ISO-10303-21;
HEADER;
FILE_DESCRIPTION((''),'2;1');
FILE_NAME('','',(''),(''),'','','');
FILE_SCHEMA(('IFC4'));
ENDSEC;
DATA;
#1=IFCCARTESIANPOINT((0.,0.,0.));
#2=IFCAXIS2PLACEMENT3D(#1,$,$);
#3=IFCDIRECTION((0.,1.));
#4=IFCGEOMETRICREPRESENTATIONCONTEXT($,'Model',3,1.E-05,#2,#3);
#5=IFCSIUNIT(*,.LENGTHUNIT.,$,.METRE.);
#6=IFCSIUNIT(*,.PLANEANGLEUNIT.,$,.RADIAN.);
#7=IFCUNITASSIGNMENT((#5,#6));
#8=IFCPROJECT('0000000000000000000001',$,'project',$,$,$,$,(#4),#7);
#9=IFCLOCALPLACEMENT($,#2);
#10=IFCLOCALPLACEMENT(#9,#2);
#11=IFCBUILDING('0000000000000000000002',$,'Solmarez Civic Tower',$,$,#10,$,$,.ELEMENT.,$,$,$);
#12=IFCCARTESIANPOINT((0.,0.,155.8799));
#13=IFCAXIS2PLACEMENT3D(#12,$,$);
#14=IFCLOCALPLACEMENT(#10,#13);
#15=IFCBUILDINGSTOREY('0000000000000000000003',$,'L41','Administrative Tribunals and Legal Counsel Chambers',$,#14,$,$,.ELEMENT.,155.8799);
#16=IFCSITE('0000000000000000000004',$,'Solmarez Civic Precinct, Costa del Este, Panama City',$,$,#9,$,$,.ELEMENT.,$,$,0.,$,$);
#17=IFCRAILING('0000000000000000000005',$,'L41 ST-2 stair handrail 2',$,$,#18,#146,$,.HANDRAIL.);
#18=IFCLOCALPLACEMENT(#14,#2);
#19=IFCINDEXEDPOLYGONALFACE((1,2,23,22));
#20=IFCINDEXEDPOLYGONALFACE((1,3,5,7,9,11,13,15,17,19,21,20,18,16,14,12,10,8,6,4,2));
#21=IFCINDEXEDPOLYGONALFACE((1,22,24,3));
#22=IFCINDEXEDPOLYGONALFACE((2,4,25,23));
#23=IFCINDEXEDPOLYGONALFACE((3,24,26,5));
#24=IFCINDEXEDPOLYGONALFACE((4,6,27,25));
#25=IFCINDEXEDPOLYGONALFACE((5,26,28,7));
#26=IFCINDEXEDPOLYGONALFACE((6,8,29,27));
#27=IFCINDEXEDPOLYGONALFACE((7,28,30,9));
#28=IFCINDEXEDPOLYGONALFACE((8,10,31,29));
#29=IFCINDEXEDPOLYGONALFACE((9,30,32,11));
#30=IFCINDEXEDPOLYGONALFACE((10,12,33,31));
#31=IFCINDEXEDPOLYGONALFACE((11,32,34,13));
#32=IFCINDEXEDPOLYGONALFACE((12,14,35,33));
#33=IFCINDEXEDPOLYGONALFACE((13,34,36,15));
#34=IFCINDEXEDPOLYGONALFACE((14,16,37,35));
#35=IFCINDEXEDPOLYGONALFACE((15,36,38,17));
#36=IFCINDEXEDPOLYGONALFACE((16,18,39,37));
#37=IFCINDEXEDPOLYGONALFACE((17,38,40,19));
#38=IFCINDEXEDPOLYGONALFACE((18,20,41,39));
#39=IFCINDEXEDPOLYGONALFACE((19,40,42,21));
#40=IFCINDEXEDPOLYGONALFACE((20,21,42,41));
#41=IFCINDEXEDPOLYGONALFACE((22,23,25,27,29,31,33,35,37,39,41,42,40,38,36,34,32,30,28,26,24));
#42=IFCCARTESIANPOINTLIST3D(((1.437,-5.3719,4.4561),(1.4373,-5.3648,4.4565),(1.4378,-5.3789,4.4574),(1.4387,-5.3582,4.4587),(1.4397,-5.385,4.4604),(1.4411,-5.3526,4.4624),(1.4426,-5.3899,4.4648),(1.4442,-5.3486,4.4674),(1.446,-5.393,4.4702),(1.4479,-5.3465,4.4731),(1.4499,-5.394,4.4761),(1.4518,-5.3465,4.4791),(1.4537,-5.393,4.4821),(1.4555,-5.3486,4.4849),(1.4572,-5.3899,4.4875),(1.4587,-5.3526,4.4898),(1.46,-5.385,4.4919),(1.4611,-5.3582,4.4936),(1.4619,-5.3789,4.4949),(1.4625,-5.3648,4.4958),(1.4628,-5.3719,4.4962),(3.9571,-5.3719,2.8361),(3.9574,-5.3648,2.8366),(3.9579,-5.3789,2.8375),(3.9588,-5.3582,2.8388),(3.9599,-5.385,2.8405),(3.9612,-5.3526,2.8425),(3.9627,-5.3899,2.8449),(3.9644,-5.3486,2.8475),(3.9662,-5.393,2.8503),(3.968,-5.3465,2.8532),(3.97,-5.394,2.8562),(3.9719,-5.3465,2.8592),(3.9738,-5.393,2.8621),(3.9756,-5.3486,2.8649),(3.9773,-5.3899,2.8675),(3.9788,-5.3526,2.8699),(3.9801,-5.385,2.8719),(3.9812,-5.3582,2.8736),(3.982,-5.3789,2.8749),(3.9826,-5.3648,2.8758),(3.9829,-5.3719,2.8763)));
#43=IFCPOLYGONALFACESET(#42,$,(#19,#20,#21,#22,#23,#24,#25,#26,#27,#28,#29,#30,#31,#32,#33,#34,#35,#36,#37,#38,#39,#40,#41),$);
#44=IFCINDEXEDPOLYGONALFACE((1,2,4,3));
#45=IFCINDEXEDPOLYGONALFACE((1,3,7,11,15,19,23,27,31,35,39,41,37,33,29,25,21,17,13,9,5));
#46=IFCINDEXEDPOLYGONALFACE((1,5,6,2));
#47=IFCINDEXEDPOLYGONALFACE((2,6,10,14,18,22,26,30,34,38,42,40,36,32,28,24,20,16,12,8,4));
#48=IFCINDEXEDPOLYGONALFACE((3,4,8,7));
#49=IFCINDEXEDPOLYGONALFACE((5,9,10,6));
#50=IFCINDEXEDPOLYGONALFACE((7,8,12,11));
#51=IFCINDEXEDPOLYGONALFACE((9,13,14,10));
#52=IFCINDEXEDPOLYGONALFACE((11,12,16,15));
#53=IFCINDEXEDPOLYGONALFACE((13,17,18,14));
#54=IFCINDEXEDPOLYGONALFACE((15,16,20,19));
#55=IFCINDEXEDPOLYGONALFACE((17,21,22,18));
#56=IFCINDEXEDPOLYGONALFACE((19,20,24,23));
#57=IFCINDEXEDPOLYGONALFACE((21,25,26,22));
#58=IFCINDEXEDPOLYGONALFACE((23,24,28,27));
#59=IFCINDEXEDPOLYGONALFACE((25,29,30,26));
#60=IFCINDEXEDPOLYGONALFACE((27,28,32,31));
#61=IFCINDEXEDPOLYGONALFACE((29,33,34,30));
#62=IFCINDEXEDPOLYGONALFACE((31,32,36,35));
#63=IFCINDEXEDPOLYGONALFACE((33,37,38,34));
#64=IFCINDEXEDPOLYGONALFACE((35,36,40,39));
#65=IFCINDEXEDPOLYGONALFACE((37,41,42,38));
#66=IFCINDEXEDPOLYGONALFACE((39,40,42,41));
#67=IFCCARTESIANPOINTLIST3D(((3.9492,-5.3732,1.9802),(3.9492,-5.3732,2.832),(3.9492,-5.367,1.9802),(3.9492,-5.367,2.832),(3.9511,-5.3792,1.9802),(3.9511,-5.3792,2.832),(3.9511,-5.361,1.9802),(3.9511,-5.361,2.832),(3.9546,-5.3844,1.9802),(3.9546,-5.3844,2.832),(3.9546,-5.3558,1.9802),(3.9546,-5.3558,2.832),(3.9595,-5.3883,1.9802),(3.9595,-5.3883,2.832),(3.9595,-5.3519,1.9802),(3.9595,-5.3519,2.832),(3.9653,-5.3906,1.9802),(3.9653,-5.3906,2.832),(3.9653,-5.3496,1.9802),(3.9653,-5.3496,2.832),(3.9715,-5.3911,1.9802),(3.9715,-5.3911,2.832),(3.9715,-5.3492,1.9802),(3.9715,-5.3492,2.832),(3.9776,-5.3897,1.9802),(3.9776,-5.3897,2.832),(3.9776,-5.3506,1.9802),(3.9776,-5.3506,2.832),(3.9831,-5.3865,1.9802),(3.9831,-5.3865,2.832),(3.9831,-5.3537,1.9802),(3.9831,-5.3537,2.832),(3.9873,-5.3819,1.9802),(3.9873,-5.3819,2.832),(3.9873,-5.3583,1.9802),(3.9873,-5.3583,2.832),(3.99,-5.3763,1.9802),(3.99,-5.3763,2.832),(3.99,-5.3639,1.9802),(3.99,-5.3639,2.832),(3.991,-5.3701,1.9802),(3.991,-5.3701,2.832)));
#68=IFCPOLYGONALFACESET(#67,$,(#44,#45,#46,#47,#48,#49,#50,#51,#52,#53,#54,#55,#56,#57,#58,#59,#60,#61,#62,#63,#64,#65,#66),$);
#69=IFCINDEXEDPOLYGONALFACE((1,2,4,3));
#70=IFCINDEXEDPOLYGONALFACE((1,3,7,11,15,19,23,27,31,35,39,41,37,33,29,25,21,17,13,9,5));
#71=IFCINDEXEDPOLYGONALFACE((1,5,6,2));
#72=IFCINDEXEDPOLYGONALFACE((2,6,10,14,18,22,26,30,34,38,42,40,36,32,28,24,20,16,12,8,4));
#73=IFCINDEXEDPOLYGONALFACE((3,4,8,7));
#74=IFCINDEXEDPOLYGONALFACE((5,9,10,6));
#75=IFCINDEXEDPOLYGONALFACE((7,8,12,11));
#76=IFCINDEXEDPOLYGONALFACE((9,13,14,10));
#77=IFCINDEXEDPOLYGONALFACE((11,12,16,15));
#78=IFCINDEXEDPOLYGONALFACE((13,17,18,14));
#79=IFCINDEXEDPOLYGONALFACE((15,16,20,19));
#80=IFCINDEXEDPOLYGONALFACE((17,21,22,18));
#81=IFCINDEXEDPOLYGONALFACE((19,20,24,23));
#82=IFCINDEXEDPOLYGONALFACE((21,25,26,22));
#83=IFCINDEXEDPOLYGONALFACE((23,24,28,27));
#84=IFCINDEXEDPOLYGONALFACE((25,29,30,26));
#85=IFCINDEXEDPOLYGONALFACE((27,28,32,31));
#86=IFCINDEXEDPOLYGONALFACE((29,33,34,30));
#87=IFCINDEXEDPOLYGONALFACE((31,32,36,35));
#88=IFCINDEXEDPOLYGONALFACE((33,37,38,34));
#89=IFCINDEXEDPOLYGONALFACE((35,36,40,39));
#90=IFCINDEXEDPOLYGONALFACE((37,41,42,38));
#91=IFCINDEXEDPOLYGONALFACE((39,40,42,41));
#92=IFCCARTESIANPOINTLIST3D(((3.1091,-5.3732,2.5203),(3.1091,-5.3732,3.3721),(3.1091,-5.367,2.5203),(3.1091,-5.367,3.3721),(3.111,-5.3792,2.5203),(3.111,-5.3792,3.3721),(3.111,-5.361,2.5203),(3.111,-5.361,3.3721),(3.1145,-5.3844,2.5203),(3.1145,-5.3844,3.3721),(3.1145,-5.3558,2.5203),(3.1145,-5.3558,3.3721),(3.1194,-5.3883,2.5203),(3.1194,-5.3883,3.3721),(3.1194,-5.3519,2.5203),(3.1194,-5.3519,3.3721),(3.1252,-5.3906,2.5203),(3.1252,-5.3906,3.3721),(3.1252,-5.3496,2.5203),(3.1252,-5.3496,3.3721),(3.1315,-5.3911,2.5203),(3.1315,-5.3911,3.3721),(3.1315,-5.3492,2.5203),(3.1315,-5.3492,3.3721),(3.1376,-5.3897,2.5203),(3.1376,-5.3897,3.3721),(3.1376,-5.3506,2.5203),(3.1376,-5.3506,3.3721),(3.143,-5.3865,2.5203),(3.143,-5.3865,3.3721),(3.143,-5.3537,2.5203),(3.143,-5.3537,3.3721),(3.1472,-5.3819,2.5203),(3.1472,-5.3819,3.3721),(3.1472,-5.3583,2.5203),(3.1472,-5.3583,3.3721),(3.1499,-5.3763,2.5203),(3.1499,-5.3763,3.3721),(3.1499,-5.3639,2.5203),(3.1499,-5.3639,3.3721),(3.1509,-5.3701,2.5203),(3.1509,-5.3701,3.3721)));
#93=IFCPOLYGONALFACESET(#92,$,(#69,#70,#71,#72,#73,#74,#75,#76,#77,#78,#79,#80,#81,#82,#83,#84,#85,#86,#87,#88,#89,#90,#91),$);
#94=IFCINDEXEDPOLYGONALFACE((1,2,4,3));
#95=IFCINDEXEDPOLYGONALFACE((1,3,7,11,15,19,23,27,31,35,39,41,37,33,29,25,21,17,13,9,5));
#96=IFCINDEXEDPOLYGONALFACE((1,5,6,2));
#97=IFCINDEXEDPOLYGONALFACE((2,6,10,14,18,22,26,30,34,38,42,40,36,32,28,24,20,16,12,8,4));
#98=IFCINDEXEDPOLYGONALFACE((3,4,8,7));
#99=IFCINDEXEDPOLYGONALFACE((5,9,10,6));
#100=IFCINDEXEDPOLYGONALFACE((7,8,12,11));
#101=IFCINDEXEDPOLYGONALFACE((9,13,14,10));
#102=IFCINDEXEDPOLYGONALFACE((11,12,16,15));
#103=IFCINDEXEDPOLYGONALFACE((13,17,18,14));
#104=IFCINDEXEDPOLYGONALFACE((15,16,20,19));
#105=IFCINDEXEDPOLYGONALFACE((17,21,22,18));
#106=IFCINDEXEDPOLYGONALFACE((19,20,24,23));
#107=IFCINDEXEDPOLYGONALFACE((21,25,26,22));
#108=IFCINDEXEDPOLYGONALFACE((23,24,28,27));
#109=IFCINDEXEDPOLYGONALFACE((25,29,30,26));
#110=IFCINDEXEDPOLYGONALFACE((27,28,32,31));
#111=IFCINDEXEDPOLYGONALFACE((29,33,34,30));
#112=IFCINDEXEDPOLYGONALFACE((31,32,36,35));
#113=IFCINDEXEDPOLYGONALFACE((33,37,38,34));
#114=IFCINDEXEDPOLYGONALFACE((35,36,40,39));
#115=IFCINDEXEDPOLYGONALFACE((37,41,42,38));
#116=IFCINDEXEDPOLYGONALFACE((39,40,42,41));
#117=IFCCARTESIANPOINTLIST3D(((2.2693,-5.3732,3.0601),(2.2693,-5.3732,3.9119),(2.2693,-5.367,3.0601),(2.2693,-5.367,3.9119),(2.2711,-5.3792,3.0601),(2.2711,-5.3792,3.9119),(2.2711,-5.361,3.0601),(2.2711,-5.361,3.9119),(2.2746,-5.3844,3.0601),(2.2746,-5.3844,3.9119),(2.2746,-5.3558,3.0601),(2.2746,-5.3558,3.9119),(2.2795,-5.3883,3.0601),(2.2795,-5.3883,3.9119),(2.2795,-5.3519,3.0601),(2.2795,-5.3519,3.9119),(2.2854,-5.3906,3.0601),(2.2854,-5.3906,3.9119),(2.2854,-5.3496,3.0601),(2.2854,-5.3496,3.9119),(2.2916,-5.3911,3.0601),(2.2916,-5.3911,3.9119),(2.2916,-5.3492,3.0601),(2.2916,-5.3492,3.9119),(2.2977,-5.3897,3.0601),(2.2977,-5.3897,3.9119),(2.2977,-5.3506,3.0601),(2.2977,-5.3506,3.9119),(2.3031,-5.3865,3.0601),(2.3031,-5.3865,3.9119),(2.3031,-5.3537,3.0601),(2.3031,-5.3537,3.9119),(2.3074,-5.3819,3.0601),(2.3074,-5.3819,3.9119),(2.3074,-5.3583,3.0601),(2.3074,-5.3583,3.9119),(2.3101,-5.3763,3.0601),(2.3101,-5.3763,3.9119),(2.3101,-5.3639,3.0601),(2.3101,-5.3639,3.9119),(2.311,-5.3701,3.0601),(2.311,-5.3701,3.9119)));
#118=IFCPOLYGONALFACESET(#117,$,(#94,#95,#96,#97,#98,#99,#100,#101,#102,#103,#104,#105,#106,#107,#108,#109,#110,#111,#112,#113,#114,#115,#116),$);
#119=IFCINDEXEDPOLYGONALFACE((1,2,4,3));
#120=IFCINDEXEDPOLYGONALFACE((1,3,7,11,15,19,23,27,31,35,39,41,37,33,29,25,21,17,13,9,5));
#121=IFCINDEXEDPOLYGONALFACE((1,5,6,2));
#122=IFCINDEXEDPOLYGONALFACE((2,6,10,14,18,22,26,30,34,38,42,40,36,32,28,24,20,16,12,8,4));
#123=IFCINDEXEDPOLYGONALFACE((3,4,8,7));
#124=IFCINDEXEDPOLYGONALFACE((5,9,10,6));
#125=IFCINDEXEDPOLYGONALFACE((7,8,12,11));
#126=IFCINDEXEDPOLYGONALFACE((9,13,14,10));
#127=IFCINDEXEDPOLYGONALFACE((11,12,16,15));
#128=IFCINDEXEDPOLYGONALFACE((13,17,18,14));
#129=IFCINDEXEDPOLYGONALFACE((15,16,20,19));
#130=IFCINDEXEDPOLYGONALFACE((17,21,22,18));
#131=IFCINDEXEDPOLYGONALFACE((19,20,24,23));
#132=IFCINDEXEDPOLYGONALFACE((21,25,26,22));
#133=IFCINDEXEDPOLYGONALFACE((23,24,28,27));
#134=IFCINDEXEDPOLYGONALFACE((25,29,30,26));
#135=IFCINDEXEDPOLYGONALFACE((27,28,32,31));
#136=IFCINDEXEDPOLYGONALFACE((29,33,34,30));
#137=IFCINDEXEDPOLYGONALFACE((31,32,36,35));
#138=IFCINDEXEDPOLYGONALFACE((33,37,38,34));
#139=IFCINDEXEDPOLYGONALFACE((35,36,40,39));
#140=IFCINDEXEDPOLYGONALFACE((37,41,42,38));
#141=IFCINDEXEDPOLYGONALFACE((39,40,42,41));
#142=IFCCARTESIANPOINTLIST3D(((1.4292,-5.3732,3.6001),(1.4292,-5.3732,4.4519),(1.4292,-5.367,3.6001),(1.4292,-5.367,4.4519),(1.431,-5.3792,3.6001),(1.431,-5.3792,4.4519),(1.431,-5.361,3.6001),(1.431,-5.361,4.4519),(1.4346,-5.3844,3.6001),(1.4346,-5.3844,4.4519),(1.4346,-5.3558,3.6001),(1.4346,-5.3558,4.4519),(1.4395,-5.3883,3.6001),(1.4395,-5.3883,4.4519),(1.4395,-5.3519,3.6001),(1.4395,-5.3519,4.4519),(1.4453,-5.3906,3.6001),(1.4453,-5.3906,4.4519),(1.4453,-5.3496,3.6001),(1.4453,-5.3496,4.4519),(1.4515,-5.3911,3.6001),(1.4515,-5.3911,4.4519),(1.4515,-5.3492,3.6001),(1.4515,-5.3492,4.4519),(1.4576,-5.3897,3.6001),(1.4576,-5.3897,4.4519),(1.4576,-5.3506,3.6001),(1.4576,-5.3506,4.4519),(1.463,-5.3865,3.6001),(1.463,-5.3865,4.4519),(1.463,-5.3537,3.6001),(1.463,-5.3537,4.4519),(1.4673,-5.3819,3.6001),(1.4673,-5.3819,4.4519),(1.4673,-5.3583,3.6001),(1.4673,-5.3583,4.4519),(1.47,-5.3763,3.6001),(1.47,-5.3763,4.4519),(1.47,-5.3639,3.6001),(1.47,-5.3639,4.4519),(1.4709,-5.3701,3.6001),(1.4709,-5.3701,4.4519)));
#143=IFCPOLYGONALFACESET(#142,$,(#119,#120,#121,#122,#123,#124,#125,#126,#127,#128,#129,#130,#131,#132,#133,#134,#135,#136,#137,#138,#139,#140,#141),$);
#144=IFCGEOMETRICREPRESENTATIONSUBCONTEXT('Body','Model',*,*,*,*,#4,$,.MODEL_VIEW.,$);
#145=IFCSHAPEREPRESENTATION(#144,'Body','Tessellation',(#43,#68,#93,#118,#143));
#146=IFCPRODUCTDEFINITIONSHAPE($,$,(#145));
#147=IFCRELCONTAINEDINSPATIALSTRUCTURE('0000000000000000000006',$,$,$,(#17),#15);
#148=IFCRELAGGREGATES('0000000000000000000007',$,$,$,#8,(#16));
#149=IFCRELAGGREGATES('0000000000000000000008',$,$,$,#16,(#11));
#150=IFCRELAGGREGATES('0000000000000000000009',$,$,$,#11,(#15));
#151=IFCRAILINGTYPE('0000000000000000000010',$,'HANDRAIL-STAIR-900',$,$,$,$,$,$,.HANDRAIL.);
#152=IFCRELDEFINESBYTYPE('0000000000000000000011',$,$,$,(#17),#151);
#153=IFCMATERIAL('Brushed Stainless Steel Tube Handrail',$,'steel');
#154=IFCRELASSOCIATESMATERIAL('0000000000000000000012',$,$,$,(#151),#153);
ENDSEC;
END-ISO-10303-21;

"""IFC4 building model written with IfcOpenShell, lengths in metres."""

from ifc_helpers import new_model, si_unit, direction, frame, origin, origin_2d, place, context, subcontext, project, spatial, circle, extrude, material, type_object, element, save


model = new_model("IFC4")

# Units and contexts
model_context = context("Model", 3, precision=1e-05, world=origin(), true_north=direction((0.0, 1.0)))
body_context = subcontext(model_context, "Body", "Model", "MODEL_VIEW")
ifc_project = project(units=[si_unit("LENGTHUNIT", "METRE"), si_unit("PLANEANGLEUNIT", "RADIAN")], contexts=[model_context])

# Site, building, storey
site_placement = place(None, origin())
site = spatial("IfcSite", under=ifc_project, at=site_placement, Name="Solmarez Civic Precinct, Costa del Este, Panama City", CompositionType="ELEMENT", RefElevation=0.0)
building_placement = place(site_placement, origin())
building = spatial("IfcBuilding", under=site, at=building_placement, Name="Solmarez Civic Tower", CompositionType="ELEMENT")
storey_placement = place(building_placement, frame((0.0, 0.0, 155.8799)))
storey = spatial("IfcBuildingStorey", under=building, at=storey_placement, Name="L41", Description="Administrative Tribunals and Legal Counsel Chambers", CompositionType="ELEMENT", Elevation=155.8799)

# Railing
ifc_material_1 = material(Name="Brushed Stainless Steel Tube Handrail", Category="steel")
railing_type_1 = type_object("IfcRailingType", Name="HANDRAIL-STAIR-900", PredefinedType="HANDRAIL", material=ifc_material_1)
railing_1_placement = place(storey_placement, frame((3.97, -5.3701, 1.9802)))
element("IfcRailing", 1, at=railing_1_placement, inside=storey, type_object=railing_type_1, Name="L41 ST-2 stair handrail 2", PredefinedType="HANDRAIL", context=body_context, shape_type="SweptSolid", body=[
    extrude(circle(Radius=0.0239, at=origin_2d()), frame((0.0, 0.0, 0.876), z_axis=(-0.8412, 0.0, 0.540725), x_axis=(0.0, -1.0, 0.0)), (0.0, 0.0, 1.0), 2.9958),
    extrude(circle(Radius=0.021, at=origin_2d()), origin(), (0.0, 0.0, 1.0), 0.8518),
    extrude(circle(Radius=0.021, at=origin_2d()), frame((-0.8401, 0.0, 0.54)), (0.0, 0.0, 1.0), 0.8518),
    extrude(circle(Radius=0.021, at=origin_2d()), frame((-1.6799, 0.0, 1.0798)), (0.0, 0.0, 1.0), 0.8518),
    extrude(circle(Radius=0.021, at=origin_2d()), frame((-2.52, 0.0, 1.6199)), (0.0, 0.0, 1.0), 0.8518),
])

save(model, "model.ifc")
